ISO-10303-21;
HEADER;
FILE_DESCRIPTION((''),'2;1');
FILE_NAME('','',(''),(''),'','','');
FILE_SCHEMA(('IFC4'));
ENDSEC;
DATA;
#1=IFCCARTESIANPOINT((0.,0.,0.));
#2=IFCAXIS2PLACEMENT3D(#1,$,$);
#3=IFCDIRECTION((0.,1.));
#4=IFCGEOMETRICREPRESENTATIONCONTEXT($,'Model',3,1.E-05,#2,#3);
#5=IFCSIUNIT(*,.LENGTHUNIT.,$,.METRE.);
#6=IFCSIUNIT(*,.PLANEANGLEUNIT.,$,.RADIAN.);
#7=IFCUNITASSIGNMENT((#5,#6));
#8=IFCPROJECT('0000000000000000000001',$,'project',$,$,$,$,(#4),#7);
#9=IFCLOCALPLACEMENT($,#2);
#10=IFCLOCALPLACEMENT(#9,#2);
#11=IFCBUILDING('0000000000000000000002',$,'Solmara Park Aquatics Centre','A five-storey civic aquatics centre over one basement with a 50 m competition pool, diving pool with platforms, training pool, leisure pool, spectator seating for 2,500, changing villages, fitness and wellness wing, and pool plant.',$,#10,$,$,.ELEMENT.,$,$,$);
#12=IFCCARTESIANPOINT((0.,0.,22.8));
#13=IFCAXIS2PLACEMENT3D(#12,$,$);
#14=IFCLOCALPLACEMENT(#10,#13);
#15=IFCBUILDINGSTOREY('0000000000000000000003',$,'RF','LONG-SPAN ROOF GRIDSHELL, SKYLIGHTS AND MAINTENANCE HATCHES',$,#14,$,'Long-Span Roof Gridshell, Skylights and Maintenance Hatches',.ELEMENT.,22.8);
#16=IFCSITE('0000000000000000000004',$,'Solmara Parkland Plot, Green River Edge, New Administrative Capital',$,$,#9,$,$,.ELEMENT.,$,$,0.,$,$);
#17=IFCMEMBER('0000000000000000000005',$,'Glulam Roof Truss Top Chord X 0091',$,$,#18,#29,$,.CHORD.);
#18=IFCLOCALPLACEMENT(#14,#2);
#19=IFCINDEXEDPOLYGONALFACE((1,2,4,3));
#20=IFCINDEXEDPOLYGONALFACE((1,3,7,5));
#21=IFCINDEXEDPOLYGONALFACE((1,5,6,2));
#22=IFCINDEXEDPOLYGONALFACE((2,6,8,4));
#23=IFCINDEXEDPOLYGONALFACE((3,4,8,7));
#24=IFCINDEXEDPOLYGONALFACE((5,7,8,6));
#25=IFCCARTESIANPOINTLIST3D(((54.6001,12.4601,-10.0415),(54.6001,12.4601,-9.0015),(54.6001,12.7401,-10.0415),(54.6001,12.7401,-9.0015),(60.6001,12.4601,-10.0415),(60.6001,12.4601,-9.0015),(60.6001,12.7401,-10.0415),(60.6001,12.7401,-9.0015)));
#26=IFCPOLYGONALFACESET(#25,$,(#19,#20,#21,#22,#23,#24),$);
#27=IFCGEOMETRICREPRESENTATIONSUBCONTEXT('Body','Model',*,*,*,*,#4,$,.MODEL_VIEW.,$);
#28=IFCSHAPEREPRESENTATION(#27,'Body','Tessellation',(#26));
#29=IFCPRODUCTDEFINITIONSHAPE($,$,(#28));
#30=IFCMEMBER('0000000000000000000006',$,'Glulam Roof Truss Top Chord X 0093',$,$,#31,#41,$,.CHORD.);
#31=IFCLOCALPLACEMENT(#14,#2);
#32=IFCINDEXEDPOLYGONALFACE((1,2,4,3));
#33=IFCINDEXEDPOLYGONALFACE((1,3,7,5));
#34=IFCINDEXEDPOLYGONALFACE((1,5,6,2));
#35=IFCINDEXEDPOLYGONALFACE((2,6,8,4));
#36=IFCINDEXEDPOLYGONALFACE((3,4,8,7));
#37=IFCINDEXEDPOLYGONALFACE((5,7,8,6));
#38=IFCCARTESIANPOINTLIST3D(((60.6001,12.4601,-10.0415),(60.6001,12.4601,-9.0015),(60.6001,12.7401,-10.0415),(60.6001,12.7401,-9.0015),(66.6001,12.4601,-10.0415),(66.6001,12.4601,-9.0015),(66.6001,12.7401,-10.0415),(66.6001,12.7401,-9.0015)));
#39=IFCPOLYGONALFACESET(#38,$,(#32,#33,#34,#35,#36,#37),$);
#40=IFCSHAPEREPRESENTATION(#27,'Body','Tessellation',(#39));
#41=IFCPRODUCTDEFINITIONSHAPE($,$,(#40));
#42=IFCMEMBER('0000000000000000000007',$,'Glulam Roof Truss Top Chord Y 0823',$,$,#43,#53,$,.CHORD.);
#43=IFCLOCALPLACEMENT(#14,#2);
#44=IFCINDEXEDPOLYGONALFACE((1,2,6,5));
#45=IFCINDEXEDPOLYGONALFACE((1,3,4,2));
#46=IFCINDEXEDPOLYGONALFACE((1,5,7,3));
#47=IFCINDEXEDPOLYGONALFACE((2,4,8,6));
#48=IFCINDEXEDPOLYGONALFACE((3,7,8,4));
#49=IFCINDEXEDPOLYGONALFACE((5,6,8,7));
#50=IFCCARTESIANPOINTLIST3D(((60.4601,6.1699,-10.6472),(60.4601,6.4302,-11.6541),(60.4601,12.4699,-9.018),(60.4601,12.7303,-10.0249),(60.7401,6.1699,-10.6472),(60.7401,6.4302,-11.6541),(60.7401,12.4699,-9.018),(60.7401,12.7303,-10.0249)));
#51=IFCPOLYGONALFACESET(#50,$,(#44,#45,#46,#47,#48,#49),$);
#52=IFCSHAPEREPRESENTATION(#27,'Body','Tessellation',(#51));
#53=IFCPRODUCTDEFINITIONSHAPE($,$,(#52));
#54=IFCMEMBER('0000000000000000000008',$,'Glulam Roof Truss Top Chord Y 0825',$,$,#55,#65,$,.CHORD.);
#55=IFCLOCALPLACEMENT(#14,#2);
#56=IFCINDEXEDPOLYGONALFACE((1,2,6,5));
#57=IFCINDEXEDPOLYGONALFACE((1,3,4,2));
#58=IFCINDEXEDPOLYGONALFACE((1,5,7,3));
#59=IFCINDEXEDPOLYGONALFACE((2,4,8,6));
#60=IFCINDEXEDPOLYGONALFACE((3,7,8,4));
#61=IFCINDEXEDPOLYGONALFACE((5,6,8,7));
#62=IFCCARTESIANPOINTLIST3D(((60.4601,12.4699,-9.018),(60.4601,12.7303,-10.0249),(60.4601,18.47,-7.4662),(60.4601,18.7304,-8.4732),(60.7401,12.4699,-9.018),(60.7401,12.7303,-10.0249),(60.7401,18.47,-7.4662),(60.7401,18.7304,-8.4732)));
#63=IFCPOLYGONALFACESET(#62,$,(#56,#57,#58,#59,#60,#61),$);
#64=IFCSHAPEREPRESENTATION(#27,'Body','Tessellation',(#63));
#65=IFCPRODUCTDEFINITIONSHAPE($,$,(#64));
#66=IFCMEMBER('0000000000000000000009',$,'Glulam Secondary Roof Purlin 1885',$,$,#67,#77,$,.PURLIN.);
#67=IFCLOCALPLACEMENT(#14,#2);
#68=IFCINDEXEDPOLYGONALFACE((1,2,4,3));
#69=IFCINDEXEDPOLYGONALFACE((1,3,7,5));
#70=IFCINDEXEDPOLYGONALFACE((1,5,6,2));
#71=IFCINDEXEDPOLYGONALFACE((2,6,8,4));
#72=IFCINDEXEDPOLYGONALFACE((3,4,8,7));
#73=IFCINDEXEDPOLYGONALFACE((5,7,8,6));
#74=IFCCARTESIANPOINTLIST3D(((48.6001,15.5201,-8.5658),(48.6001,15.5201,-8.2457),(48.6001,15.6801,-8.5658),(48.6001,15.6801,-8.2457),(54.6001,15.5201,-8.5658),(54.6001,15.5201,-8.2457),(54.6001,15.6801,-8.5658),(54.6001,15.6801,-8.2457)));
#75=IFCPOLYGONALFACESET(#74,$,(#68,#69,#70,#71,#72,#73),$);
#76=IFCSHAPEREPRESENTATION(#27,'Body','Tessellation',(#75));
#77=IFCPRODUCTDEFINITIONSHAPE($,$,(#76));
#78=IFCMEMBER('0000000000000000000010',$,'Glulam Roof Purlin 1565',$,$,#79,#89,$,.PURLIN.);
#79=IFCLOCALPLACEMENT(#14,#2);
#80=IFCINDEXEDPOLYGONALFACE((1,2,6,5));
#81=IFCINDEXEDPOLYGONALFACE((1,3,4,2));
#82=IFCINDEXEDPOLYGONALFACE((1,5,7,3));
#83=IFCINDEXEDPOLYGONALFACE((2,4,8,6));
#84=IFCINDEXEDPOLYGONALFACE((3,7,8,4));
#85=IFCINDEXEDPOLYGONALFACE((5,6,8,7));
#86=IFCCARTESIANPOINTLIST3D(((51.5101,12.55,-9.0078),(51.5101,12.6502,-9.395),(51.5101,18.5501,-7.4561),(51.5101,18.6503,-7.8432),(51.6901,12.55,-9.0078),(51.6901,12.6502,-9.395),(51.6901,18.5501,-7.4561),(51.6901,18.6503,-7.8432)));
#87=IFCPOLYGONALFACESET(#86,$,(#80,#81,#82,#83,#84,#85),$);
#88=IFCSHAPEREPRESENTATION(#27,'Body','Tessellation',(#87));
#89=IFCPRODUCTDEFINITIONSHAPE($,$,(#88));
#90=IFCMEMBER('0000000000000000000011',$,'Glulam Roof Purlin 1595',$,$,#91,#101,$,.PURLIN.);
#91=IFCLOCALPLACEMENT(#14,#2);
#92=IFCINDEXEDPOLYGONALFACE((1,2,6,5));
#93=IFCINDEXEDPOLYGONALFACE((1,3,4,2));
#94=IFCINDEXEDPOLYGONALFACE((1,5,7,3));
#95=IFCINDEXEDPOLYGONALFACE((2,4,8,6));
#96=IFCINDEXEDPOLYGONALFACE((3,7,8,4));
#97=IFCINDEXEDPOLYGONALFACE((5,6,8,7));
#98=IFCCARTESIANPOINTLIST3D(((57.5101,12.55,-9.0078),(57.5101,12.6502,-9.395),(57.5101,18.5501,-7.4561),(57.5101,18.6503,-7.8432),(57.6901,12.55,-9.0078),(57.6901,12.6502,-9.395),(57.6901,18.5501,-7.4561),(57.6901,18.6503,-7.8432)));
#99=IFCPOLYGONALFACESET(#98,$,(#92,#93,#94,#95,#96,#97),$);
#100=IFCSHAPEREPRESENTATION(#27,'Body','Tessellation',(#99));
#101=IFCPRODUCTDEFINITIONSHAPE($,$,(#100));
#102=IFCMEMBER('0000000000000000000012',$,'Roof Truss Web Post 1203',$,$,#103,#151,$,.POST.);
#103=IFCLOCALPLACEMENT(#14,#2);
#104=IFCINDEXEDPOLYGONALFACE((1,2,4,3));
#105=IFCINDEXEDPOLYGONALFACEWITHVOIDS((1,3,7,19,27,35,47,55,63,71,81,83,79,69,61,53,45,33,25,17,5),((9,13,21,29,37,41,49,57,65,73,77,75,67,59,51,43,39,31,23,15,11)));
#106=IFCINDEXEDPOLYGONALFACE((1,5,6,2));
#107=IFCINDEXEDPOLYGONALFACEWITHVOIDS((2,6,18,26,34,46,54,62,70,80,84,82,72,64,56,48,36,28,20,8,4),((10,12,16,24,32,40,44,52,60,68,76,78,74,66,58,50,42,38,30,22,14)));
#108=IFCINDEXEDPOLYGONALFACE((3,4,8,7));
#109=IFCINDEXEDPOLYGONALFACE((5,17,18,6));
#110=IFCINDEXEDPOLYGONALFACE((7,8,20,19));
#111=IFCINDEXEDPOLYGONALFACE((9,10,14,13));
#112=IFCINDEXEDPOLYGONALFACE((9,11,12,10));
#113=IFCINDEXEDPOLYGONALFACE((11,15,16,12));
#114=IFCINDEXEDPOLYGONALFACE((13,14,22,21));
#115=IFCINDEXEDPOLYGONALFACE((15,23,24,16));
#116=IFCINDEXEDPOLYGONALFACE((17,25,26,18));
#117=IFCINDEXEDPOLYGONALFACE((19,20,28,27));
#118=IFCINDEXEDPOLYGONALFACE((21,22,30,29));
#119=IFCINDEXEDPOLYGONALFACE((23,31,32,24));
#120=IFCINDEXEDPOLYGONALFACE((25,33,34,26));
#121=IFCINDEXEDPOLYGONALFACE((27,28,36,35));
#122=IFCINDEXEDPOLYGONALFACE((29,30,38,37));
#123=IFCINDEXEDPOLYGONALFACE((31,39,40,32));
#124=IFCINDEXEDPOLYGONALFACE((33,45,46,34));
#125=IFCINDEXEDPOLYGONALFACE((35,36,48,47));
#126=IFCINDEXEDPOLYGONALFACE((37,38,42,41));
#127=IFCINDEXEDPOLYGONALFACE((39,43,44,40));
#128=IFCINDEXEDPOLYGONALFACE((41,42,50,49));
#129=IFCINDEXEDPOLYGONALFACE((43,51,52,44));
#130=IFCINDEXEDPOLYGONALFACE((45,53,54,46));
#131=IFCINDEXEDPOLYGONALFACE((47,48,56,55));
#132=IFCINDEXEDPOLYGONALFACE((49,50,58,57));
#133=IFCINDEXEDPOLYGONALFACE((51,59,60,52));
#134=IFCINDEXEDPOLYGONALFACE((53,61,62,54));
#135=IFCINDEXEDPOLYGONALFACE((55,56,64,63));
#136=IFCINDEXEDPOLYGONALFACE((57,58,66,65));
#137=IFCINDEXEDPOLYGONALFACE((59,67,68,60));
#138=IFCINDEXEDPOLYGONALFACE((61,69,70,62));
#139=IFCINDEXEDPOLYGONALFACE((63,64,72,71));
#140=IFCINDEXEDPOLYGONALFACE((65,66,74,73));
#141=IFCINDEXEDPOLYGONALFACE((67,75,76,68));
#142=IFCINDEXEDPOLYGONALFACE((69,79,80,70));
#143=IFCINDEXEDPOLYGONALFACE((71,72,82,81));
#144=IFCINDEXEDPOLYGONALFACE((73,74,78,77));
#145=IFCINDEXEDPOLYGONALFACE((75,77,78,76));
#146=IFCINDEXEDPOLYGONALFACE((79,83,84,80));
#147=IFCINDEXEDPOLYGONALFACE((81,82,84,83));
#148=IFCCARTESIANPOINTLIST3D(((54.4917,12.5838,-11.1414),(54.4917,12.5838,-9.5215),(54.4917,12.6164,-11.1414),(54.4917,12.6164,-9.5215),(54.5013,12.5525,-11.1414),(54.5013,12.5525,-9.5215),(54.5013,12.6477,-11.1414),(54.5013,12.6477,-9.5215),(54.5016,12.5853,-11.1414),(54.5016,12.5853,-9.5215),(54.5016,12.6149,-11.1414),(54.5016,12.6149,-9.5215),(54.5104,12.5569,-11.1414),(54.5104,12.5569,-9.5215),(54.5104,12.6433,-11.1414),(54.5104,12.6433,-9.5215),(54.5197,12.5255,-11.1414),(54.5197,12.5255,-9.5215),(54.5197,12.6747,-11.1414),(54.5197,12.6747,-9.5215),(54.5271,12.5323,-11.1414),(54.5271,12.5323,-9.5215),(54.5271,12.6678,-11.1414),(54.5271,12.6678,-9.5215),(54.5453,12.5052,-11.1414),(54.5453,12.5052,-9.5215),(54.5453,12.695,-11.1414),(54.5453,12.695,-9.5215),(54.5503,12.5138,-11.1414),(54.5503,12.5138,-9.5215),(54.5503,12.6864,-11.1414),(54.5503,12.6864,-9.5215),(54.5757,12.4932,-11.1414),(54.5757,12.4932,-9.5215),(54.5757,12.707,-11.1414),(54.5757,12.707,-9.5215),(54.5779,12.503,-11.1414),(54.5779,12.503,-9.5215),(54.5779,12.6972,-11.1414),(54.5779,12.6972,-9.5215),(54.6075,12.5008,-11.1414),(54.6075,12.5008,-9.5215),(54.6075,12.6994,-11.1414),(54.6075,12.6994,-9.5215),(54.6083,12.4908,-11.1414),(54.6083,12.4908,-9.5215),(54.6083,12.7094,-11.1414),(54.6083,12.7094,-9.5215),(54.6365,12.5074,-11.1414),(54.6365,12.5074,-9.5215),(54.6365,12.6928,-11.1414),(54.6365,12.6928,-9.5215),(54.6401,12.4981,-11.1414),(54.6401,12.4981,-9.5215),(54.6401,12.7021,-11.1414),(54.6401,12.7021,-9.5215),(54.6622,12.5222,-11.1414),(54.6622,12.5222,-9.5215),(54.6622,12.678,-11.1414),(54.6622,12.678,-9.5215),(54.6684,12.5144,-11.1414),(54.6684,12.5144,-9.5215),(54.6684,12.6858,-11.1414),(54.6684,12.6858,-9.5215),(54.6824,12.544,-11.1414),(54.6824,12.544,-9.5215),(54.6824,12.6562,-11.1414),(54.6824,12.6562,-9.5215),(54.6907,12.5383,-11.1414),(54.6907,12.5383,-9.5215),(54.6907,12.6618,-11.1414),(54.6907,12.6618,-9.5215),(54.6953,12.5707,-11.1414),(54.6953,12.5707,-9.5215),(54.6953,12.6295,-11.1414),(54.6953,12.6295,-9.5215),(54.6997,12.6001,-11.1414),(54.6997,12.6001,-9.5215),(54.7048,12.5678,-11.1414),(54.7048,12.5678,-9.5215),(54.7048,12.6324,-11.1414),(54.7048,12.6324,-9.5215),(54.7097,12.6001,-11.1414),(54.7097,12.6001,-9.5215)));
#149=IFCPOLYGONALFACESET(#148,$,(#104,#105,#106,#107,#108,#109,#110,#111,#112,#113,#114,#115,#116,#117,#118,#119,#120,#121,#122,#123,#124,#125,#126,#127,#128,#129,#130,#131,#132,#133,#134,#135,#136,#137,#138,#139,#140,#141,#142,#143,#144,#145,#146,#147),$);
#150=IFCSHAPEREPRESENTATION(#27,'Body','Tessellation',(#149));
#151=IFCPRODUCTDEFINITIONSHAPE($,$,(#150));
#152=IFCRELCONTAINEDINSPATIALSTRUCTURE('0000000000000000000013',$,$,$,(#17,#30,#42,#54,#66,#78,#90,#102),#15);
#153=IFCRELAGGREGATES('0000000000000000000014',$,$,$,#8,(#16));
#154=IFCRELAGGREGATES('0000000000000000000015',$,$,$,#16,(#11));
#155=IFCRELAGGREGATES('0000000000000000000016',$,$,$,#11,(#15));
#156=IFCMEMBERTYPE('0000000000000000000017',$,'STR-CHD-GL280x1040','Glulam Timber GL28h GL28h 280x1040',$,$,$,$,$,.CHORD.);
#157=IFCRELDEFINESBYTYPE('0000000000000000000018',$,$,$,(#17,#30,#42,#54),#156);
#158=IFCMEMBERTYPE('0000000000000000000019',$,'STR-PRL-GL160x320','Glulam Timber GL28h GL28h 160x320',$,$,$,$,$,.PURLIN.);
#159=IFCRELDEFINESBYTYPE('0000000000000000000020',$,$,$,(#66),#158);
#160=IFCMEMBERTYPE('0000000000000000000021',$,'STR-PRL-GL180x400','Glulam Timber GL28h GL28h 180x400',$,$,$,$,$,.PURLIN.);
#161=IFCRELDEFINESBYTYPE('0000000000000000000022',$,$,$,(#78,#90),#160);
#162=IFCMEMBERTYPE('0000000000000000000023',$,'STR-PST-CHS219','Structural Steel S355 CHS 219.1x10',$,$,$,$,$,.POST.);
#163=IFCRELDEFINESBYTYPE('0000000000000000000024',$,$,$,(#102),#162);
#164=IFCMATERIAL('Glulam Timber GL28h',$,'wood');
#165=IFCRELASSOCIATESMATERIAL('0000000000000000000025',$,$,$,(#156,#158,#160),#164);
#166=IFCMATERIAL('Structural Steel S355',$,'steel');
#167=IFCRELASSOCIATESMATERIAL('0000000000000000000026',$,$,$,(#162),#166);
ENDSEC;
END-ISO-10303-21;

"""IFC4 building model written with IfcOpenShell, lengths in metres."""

from ifc_helpers import new_model, si_unit, direction, frame, origin, origin_2d, place, context, subcontext, project, spatial, rectangle, hollow_circle, extrude, material, material_profile, profile_set, type_object, element, save


model = new_model("IFC4")

# Units and contexts
model_context = context("Model", 3, precision=1e-05, world=origin(), true_north=direction((0.0, 1.0)))
body_context = subcontext(model_context, "Body", "Model", "MODEL_VIEW")
ifc_project = project(units=[si_unit("LENGTHUNIT", "METRE"), si_unit("PLANEANGLEUNIT", "RADIAN")], contexts=[model_context])

# Site, building, storey
site_placement = place(None, origin())
site = spatial("IfcSite", under=ifc_project, at=site_placement, Name="Solmara Parkland Plot, Green River Edge, New Administrative Capital", CompositionType="ELEMENT", RefElevation=0.0)
building_placement = place(site_placement, origin())
building = spatial("IfcBuilding", under=site, at=building_placement, Name="Solmara Park Aquatics Centre", Description="A five-storey civic aquatics centre over one basement with a 50 m competition pool, diving pool with platforms, training pool, leisure pool, spectator seating for 2,500, changing villages, fitness and wellness wing, and pool plant.", CompositionType="ELEMENT")
storey_placement = place(building_placement, frame((0.0, 0.0, 22.8)))
storey = spatial("IfcBuildingStorey", under=building, at=storey_placement, Name="RF", Description="LONG-SPAN ROOF GRIDSHELL, SKYLIGHTS AND MAINTENANCE HATCHES", LongName="Long-Span Roof Gridshell, Skylights and Maintenance Hatches", CompositionType="ELEMENT", Elevation=22.8)

# Members
ifc_material_1 = material(Name="Structural Steel S355", Category="steel")
ifc_material_2 = material(Name="Glulam Timber GL28h", Category="wood")
ifc_material_profile_1 = material_profile(ifc_material_2, rectangle(XDim=0.28, YDim=1.04, at=origin_2d()), Name="GL28h 280x1040")
ifc_profile_set_1 = profile_set([ifc_material_profile_1], Name="Glulam Timber GL28h")
member_type_1 = type_object("IfcMemberType", Name="STR-CHD-GL280x1040", Description="Glulam Timber GL28h GL28h 280x1040", PredefinedType="CHORD", material=ifc_profile_set_1)
for number, where, z_axis, x_axis, name in (
    (1, (54.6001, 12.6001, -9.5215), (1.0, 0.0, 0.0), (0.0, 1.0, 0.0), "Glulam Roof Truss Top Chord X 0091"),
    (2, (60.6001, 12.6001, -9.5215), (1.0, 0.0, 0.0), (0.0, 1.0, 0.0), "Glulam Roof Truss Top Chord X 0093"),
):
    element("IfcMember", number, at=place(storey_placement, frame(where, z_axis=z_axis, x_axis=x_axis)), inside=storey, type_object=member_type_1, Name=name, PredefinedType="CHORD", context=body_context, shape_type="SweptSolid", body=[
        extrude(rectangle(XDim=0.28, YDim=1.04, at=origin_2d()), origin(), (0.0, 0.0, 1.0), 6.0),
    ])
member_1_placement = place(storey_placement, frame((60.6001, 6.3, -11.1506), z_axis=(0.0, 0.968153, 0.250358), x_axis=(-1.0, 0.0, 0.0)))
element("IfcMember", 3, at=member_1_placement, inside=storey, type_object=member_type_1, Name="Glulam Roof Truss Top Chord Y 0823", PredefinedType="CHORD", context=body_context, shape_type="SweptSolid", body=[
    extrude(rectangle(XDim=0.28, YDim=1.04, at=origin_2d()), origin(), (0.0, 0.0, 1.0), 6.5073),
])
member_2_placement = place(storey_placement, frame((60.6001, 12.6001, -9.5215), z_axis=(0.0, 0.968146, 0.250388), x_axis=(-1.0, 0.0, 0.0)))
element("IfcMember", 4, at=member_2_placement, inside=storey, type_object=member_type_1, Name="Glulam Roof Truss Top Chord Y 0825", PredefinedType="CHORD", context=body_context, shape_type="SweptSolid", body=[
    extrude(rectangle(XDim=0.28, YDim=1.04, at=origin_2d()), origin(), (0.0, 0.0, 1.0), 6.1975),
])
ifc_material_profile_2 = material_profile(ifc_material_2, rectangle(XDim=0.1599, YDim=0.3201, at=origin_2d()), Name="GL28h 160x320")
ifc_profile_set_2 = profile_set([ifc_material_profile_2], Name="Glulam Timber GL28h")
member_type_2 = type_object("IfcMemberType", Name="STR-PRL-GL160x320", Description="Glulam Timber GL28h GL28h 160x320", PredefinedType="PURLIN", material=ifc_profile_set_2)
member_3_placement = place(storey_placement, frame((48.6001, 15.6001, -8.4058), z_axis=(1.0, 0.0, 0.0), x_axis=(0.0, 1.0, 0.0)))
element("IfcMember", 5, at=member_3_placement, inside=storey, type_object=member_type_2, Name="Glulam Secondary Roof Purlin 1885", PredefinedType="PURLIN", context=body_context, shape_type="SweptSolid", body=[
    extrude(rectangle(XDim=0.1599, YDim=0.3201, at=origin_2d()), origin(), (0.0, 0.0, 1.0), 6.0),
])
ifc_material_profile_3 = material_profile(ifc_material_2, rectangle(XDim=0.1799, YDim=0.3999, at=origin_2d()), Name="GL28h 180x400")
ifc_profile_set_3 = profile_set([ifc_material_profile_3], Name="Glulam Timber GL28h")
member_type_3 = type_object("IfcMemberType", Name="STR-PRL-GL180x400", Description="Glulam Timber GL28h GL28h 180x400", PredefinedType="PURLIN", material=ifc_profile_set_3)
for number, where, z_axis, x_axis, name in (
    (6, (51.6001, 12.6001, -9.2014), (0.0, 0.968146, 0.250388), (-1.0, 0.0, 0.0), "Glulam Roof Purlin 1565"),
    (7, (57.6001, 12.6001, -9.2014), (0.0, 0.968146, 0.250388), (-1.0, 0.0, 0.0), "Glulam Roof Purlin 1595"),
):
    element("IfcMember", number, at=place(storey_placement, frame(where, z_axis=z_axis, x_axis=x_axis)), inside=storey, type_object=member_type_3, Name=name, PredefinedType="PURLIN", context=body_context, shape_type="SweptSolid", body=[
        extrude(rectangle(XDim=0.1799, YDim=0.3999, at=origin_2d()), origin(), (0.0, 0.0, 1.0), 6.1975),
    ])
ifc_material_profile_4 = material_profile(ifc_material_1, hollow_circle(Radius=0.1096, WallThickness=0.01, at=origin_2d()), Name="CHS 219.1x10")
ifc_profile_set_4 = profile_set([ifc_material_profile_4], Name="Structural Steel S355")
member_type_4 = type_object("IfcMemberType", Name="STR-PST-CHS219", Description="Structural Steel S355 CHS 219.1x10", PredefinedType="POST", material=ifc_profile_set_4)
member_4_placement = place(storey_placement, frame((54.6001, 12.6001, -11.1414), z_axis=(0.0, 0.0, 1.0), x_axis=(1.0, 0.0, 0.0)))
element("IfcMember", 8, at=member_4_placement, inside=storey, type_object=member_type_4, Name="Roof Truss Web Post 1203", PredefinedType="POST", context=body_context, shape_type="SweptSolid", body=[
    extrude(hollow_circle(Radius=0.1096, WallThickness=0.01, at=origin_2d()), origin(), (0.0, 0.0, 1.0), 1.6199),
])

save(model, "model.ifc")
